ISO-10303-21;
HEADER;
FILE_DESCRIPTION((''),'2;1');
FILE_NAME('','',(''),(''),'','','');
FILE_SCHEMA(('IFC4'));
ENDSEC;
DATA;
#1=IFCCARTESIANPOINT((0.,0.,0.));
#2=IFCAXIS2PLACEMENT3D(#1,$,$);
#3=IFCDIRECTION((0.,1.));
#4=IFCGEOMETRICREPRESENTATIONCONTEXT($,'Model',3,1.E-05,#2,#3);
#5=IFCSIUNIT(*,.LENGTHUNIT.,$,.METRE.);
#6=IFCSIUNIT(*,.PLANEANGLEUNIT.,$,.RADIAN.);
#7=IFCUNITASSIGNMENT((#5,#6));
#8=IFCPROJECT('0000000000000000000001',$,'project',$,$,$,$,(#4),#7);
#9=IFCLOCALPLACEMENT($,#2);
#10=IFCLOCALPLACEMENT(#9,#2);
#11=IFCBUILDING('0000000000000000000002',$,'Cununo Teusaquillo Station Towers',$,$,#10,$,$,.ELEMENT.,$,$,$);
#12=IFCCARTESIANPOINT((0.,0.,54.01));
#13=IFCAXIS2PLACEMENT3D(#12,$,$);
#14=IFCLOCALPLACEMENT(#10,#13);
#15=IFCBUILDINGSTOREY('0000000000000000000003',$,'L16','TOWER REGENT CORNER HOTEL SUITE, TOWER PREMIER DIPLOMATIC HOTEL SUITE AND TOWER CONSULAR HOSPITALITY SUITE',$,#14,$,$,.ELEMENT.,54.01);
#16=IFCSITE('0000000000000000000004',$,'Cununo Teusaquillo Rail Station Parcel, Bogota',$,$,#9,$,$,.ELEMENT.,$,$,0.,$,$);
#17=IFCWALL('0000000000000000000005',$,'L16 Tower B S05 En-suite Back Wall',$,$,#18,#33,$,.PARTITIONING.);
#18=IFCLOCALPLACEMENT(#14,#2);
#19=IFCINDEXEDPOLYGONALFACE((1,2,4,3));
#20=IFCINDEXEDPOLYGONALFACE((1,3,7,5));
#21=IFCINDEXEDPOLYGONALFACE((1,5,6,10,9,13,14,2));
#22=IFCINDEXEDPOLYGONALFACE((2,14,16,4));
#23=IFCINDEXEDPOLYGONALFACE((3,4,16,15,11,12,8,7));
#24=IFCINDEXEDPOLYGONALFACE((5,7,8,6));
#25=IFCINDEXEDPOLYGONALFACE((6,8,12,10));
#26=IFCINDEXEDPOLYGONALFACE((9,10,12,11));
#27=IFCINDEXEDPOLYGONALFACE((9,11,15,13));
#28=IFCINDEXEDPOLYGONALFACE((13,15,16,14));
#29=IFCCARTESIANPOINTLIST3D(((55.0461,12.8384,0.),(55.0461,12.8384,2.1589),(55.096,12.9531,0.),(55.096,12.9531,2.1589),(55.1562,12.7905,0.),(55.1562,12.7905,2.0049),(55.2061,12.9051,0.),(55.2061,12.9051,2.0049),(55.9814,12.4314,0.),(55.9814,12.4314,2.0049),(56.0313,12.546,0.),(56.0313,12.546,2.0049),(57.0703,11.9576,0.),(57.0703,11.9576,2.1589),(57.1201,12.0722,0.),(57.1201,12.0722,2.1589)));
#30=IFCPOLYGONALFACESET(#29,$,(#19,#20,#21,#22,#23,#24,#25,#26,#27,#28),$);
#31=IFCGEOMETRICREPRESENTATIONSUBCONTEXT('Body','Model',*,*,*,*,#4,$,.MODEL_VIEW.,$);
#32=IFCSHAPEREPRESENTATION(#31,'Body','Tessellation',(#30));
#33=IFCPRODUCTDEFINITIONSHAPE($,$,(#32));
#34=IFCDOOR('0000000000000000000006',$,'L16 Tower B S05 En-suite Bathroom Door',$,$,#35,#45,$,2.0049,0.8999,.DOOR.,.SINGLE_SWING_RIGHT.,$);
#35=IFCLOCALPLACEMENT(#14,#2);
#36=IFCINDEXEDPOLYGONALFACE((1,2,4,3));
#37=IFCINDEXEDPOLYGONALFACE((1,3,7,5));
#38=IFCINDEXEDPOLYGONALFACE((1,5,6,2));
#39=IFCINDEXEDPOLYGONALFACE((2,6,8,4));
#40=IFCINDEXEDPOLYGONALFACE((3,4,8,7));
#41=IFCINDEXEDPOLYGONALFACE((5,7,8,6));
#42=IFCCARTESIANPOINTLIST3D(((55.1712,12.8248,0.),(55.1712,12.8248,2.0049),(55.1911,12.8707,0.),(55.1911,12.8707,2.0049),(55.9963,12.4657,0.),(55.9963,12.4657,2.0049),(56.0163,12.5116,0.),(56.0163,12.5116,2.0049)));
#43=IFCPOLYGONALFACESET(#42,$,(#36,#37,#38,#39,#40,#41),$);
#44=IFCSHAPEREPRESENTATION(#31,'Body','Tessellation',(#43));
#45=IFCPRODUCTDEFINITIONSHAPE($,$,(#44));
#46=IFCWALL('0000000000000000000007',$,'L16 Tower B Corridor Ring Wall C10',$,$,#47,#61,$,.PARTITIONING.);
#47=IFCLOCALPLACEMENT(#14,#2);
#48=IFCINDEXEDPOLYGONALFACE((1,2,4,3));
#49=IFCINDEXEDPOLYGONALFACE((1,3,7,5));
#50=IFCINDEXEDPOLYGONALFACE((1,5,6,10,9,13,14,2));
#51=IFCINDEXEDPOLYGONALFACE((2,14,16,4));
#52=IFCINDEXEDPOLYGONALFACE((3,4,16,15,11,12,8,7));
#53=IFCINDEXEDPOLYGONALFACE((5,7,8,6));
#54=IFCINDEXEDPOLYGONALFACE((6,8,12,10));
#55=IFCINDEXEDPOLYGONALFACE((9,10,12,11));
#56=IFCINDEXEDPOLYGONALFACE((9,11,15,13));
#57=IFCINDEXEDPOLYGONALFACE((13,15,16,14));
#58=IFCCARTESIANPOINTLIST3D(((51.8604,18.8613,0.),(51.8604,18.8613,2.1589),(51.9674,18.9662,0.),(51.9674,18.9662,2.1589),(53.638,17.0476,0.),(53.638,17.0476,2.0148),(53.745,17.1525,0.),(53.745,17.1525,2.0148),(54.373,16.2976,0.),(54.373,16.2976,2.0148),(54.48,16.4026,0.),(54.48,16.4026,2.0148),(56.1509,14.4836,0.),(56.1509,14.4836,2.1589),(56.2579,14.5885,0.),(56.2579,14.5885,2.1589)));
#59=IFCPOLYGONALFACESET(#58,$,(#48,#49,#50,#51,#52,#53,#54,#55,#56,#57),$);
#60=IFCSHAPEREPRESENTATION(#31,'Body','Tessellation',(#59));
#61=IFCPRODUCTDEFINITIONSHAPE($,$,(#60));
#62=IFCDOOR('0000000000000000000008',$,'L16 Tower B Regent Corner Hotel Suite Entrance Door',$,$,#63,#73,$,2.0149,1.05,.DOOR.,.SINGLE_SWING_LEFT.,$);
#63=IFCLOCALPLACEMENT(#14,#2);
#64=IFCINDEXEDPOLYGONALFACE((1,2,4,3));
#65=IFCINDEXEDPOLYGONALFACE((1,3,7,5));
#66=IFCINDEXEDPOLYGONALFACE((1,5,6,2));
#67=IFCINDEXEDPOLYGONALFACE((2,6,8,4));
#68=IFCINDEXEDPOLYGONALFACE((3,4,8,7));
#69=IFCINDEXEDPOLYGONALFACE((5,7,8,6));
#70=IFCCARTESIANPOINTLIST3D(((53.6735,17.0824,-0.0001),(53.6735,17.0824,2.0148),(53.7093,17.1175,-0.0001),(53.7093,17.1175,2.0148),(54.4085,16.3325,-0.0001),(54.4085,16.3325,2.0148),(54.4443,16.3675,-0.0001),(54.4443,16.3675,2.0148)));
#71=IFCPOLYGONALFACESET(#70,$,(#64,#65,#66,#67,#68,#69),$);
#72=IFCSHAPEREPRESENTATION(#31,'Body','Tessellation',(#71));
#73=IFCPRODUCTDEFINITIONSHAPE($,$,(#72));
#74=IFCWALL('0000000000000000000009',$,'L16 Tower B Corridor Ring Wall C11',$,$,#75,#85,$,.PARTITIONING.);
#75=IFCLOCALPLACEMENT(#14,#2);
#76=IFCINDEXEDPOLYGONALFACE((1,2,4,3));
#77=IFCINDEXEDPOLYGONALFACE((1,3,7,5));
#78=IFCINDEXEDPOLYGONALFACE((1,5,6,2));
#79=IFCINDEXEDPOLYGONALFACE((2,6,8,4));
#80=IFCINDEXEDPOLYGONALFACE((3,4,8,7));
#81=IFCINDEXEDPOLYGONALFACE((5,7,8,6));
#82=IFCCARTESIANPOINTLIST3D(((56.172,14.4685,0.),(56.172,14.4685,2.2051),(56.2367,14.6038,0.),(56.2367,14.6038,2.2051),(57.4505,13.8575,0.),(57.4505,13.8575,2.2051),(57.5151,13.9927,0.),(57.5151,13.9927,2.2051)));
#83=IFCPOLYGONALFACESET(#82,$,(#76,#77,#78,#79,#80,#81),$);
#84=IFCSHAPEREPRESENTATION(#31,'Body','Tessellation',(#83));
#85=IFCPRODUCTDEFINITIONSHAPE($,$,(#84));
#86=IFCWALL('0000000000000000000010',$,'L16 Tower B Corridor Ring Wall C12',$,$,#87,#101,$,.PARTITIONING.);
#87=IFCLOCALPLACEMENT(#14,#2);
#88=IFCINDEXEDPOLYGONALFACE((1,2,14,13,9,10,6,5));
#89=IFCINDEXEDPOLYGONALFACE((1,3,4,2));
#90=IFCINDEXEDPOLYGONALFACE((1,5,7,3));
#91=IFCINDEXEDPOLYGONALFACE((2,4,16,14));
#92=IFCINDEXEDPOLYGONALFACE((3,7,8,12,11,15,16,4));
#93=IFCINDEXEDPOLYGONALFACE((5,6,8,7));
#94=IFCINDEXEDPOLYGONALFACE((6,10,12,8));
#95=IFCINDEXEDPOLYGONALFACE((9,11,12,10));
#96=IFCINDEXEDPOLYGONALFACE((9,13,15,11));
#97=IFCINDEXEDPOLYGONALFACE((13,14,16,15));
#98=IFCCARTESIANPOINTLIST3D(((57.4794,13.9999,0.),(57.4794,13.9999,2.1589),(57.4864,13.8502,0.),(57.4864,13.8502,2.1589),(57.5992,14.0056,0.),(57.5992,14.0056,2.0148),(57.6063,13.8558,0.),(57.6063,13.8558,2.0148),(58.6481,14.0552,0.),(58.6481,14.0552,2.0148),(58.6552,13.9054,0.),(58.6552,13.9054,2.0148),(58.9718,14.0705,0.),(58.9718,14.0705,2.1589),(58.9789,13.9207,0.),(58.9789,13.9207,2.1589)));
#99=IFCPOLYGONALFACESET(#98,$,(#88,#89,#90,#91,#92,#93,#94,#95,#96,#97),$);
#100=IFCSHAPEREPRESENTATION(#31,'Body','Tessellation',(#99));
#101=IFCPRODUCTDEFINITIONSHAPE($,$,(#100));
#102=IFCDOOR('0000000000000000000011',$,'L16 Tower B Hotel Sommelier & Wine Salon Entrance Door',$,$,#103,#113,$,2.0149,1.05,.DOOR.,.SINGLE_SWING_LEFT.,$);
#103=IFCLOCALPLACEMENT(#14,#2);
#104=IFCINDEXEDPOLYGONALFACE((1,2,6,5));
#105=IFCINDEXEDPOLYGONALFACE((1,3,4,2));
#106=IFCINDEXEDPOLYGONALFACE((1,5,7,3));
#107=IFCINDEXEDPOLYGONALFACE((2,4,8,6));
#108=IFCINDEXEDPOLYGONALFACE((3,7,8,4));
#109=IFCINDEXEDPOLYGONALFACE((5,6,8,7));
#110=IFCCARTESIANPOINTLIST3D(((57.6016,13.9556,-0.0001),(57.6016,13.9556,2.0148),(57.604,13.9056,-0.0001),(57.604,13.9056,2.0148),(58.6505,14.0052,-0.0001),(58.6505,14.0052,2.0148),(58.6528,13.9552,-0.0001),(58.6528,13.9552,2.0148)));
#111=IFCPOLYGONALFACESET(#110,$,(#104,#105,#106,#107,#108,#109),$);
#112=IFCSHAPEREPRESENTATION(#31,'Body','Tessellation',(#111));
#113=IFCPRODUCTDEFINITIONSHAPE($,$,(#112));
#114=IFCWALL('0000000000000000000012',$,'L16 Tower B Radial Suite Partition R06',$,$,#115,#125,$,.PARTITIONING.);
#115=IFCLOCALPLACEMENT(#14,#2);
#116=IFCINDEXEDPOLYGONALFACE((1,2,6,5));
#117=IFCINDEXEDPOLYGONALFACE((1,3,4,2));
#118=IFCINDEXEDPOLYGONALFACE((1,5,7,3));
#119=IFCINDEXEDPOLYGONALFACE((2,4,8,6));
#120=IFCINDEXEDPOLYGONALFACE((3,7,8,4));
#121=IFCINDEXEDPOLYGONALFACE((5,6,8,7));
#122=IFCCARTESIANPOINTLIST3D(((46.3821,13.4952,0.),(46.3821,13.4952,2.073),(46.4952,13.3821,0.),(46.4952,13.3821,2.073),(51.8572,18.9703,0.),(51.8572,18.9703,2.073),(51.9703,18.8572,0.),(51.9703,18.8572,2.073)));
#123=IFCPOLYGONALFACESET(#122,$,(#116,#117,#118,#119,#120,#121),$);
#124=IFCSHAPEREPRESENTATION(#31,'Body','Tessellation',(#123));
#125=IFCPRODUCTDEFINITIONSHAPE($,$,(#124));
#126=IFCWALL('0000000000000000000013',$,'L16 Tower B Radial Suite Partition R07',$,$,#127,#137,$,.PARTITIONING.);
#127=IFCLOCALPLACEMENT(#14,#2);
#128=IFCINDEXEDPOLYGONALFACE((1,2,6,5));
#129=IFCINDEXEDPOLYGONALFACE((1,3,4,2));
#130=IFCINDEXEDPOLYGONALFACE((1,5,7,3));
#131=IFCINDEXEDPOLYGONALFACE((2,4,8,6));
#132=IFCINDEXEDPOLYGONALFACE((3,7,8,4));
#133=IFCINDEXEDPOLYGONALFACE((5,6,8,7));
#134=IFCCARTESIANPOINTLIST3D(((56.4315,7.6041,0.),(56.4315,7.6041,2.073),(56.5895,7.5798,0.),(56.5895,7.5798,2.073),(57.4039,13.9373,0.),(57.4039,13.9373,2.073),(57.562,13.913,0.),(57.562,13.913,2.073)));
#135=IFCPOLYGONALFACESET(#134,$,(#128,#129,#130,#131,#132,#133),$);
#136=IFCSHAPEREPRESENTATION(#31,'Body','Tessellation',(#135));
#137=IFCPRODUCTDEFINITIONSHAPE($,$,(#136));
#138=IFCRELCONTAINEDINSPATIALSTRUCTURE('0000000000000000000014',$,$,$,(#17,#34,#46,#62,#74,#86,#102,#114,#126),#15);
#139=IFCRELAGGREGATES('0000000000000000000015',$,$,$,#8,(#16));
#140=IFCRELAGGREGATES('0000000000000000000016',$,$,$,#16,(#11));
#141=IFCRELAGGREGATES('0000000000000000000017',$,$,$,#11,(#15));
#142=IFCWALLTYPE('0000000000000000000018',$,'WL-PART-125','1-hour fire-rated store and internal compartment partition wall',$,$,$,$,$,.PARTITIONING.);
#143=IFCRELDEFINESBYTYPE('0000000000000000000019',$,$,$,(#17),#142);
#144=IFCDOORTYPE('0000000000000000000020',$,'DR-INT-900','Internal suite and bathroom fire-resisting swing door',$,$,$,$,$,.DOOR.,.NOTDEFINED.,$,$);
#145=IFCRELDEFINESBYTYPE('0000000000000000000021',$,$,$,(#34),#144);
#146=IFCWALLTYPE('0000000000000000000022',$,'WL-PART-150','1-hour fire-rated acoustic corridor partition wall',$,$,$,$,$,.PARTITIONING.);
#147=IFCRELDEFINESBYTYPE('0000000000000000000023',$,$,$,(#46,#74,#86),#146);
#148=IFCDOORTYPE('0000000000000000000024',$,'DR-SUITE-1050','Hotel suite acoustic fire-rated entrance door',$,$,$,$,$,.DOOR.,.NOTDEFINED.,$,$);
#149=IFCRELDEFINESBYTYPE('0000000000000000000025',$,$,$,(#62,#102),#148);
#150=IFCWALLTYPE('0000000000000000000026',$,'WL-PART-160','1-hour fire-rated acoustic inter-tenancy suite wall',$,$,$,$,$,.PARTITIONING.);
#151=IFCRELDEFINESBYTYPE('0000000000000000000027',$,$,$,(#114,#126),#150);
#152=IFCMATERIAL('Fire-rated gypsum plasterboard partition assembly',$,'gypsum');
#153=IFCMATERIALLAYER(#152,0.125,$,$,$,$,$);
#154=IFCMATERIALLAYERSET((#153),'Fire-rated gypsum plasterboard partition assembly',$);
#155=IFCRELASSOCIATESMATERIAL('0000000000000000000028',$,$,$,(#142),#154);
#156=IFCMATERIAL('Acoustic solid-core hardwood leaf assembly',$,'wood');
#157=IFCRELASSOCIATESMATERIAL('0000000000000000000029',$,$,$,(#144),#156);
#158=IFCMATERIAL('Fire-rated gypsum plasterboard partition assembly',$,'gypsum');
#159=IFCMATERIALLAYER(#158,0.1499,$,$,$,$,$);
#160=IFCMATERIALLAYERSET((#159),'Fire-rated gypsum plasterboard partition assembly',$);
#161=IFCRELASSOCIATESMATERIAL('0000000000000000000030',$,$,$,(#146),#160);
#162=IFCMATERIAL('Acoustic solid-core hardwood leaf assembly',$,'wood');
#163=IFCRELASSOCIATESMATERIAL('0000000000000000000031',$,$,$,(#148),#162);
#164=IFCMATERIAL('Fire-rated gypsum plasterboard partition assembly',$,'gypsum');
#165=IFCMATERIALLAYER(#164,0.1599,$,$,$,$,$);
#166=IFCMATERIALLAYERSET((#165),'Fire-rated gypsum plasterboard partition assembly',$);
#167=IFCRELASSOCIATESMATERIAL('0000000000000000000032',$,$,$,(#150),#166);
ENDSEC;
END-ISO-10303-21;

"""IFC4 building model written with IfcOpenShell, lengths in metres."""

from ifc_helpers import new_model, si_unit, direction, frame, frame_2d, origin, place, context, subcontext, project, spatial, rectangle, extrude, source, transform, mapped, material, layer, layer_set, type_object, element, fill, save


model = new_model("IFC4")

# Units and contexts
model_context = context("Model", 3, precision=1e-05, world=origin(), true_north=direction((0.0, 1.0)))
body_context = subcontext(model_context, "Body", "Model", "MODEL_VIEW")
ifc_project = project(units=[si_unit("LENGTHUNIT", "METRE"), si_unit("PLANEANGLEUNIT", "RADIAN")], contexts=[model_context])

# Site, building, storey
site_placement = place(None, origin())
site = spatial("IfcSite", under=ifc_project, at=site_placement, Name="Cununo Teusaquillo Rail Station Parcel, Bogota", CompositionType="ELEMENT", RefElevation=0.0)
building_placement = place(site_placement, origin())
building = spatial("IfcBuilding", under=site, at=building_placement, Name="Cununo Teusaquillo Station Towers", CompositionType="ELEMENT")
storey_placement = place(building_placement, frame((0.0, 0.0, 54.01)))
storey = spatial("IfcBuildingStorey", under=building, at=storey_placement, Name="L16", Description="TOWER REGENT CORNER HOTEL SUITE, TOWER PREMIER DIPLOMATIC HOTEL SUITE AND TOWER CONSULAR HOSPITALITY SUITE", CompositionType="ELEMENT", Elevation=54.01)

# Shared definitions
ifc_material_1 = material(Name="Fire-rated gypsum plasterboard partition assembly", Category="gypsum")
ifc_layer_1 = layer(ifc_material_1, 0.125)
ifc_layer_set_1 = layer_set([ifc_layer_1], Name="Fire-rated gypsum plasterboard partition assembly")
wall_type_1 = type_object("IfcWallType", Name="WL-PART-125", Description="1-hour fire-rated store and internal compartment partition wall", PredefinedType="PARTITIONING", material=ifc_layer_set_1)

# Walls, openings, doors
wall_1_placement = place(storey_placement, frame((55.071, 12.8958, 0.0), z_axis=(0.0, 0.0, 1.0), x_axis=(0.91694, -0.399025, 0.0)))
wall_1 = element("IfcWall", 1, at=wall_1_placement, inside=storey, type_object=wall_type_1, Name="L16 Tower B S05 En-suite Back Wall", PredefinedType="PARTITIONING", context=body_context, shape_type="SweptSolid", body=[
    extrude(rectangle(XDim=2.2075, YDim=0.125, at=frame_2d((1.1038, 0.0))), origin(), (0.0, 0.0, 1.0), 2.1589),
])
shared_shape_1 = source(origin(), body_context, "Body", "SweptSolid", [
    extrude(rectangle(XDim=0.8999, YDim=2.0049, at=frame_2d((0.45, 1.0024))), frame((0.0, 0.0725, 0.0), z_axis=(0.0, -1.0, 0.0), x_axis=(1.0, 0.0, 0.0)), (0.0, 0.0, 1.0), 0.145),
])
opening_1_placement = place(wall_1_placement, frame((0.1201, 0.0, 0.0)))
opening_1 = element("IfcOpeningElement", 2, at=opening_1_placement, cuts=wall_1, PredefinedType="OPENING", context=body_context, shape_type="MappedRepresentation", body=[
    mapped(shared_shape_1, transform((0.0, 0.0, 0.0), x_axis=(1.0, 0.0, 0.0), y_axis=(0.0, 1.0, 0.0), z_axis=(0.0, 0.0, 1.0), scale=1.0)),
])
ifc_material_2 = material(Name="Acoustic solid-core hardwood leaf assembly", Category="wood")
door_type_1 = type_object("IfcDoorType", Name="DR-INT-900", Description="Internal suite and bathroom fire-resisting swing door", OperationType="NOTDEFINED", PredefinedType="DOOR", material=ifc_material_2)
shared_shape_2 = source(origin(), body_context, "Body", "SweptSolid", [
    extrude(rectangle(XDim=0.8999, YDim=2.0049, at=frame_2d((0.45, 1.0024))), frame((0.0, 0.0249, 0.0), z_axis=(0.0, -1.0, 0.0), x_axis=(1.0, 0.0, 0.0)), (0.0, 0.0, 1.0), 0.05),
])
door_1_placement = place(opening_1_placement, origin())
door_1 = element("IfcDoor", 3, at=door_1_placement, inside=storey, type_object=door_type_1, Name="L16 Tower B S05 En-suite Bathroom Door", OperationType="SINGLE_SWING_RIGHT", OverallHeight=2.0049, OverallWidth=0.8999, PredefinedType="DOOR", context=body_context, shape_type="MappedRepresentation", body=[
    mapped(shared_shape_2, transform((0.0, 0.0, 0.0), x_axis=(1.0, 0.0, 0.0), y_axis=(0.0, 1.0, 0.0), z_axis=(0.0, 0.0, 1.0), scale=1.0)),
])
fill(opening_1, door_1)
ifc_material_3 = material(Name="Fire-rated gypsum plasterboard partition assembly", Category="gypsum")
ifc_layer_2 = layer(ifc_material_3, 0.1499)
ifc_layer_set_2 = layer_set([ifc_layer_2], Name="Fire-rated gypsum plasterboard partition assembly")
wall_type_2 = type_object("IfcWallType", Name="WL-PART-150", Description="1-hour fire-rated acoustic corridor partition wall", PredefinedType="PARTITIONING", material=ifc_layer_set_2)
wall_2_placement = place(storey_placement, frame((51.9138, 18.9138, 0.0), z_axis=(0.0, 0.0, 1.0), x_axis=(0.699961, -0.714181, 0.0)))
wall_2 = element("IfcWall", 4, at=wall_2_placement, inside=storey, type_object=wall_type_2, Name="L16 Tower B Corridor Ring Wall C10", PredefinedType="PARTITIONING", context=body_context, shape_type="SweptSolid", body=[
    extrude(rectangle(XDim=6.1296, YDim=0.1499, at=frame_2d((3.0649, 0.0))), origin(), (0.0, 0.0, 1.0), 2.1589),
])
shared_shape_3 = source(origin(), body_context, "Body", "SweptSolid", [
    extrude(rectangle(XDim=1.05, YDim=2.0149, at=frame_2d((0.5249, 1.0073))), frame((0.0, 0.085, 0.0), z_axis=(0.0, -1.0, 0.0), x_axis=(1.0, 0.0, 0.0)), (0.0, 0.0, 1.0), 0.1699),
])
opening_2_placement = place(wall_2_placement, frame((2.5398, 0.0, 0.0)))
opening_2 = element("IfcOpeningElement", 5, at=opening_2_placement, cuts=wall_2, PredefinedType="OPENING", context=body_context, shape_type="MappedRepresentation", body=[
    mapped(shared_shape_3, transform((0.0, 0.0, 0.0), x_axis=(1.0, 0.0, 0.0), y_axis=(0.0, 1.0, 0.0), z_axis=(0.0, 0.0, 1.0), scale=1.0)),
])
ifc_material_4 = material(Name="Acoustic solid-core hardwood leaf assembly", Category="wood")
door_type_2 = type_object("IfcDoorType", Name="DR-SUITE-1050", Description="Hotel suite acoustic fire-rated entrance door", OperationType="NOTDEFINED", PredefinedType="DOOR", material=ifc_material_4)
shared_shape_4 = source(origin(), body_context, "Body", "SweptSolid", [
    extrude(rectangle(XDim=1.05, YDim=2.0149, at=frame_2d((0.5249, 1.0073))), frame((0.0, 0.0249, 0.0), z_axis=(0.0, -1.0, 0.0), x_axis=(1.0, 0.0, 0.0)), (0.0, 0.0, 1.0), 0.05),
])
door_2_placement = place(opening_2_placement, origin())
door_2 = element("IfcDoor", 6, at=door_2_placement, inside=storey, type_object=door_type_2, Name="L16 Tower B Regent Corner Hotel Suite Entrance Door", OperationType="SINGLE_SWING_LEFT", OverallHeight=2.0149, OverallWidth=1.05, PredefinedType="DOOR", context=body_context, shape_type="MappedRepresentation", body=[
    mapped(shared_shape_4, transform((0.0, 0.0, 0.0), x_axis=(1.0, 0.0, 0.0), y_axis=(0.0, 1.0, 0.0), z_axis=(0.0, 0.0, 1.0), scale=1.0)),
])
fill(opening_2, door_2)

# Wall
wall_3_placement = place(storey_placement, frame((56.2043, 14.5361, 0.0), z_axis=(0.0, 0.0, 1.0), x_axis=(0.902245, -0.431224, 0.0)))
element("IfcWall", 7, at=wall_3_placement, inside=storey, type_object=wall_type_2, Name="L16 Tower B Corridor Ring Wall C11", PredefinedType="PARTITIONING", context=body_context, shape_type="SweptSolid", body=[
    extrude(rectangle(XDim=1.417, YDim=0.1499, at=frame_2d((0.7085, 0.0))), origin(), (0.0, 0.0, 1.0), 2.2051),
])

# Wall, opening, door
wall_4_placement = place(storey_placement, frame((57.4829, 13.925, 0.0), z_axis=(0.0, 0.0, 1.0), x_axis=(0.998884, 0.047224, 0.0)))
wall_4 = element("IfcWall", 8, at=wall_4_placement, inside=storey, type_object=wall_type_2, Name="L16 Tower B Corridor Ring Wall C12", PredefinedType="PARTITIONING", context=body_context, shape_type="SweptSolid", body=[
    extrude(rectangle(XDim=1.4941, YDim=0.1499, at=frame_2d((0.7471, 0.0))), origin(), (0.0, 0.0, 1.0), 2.1589),
])
opening_3_placement = place(wall_4_placement, frame((0.1201, 0.0, 0.0)))
opening_3 = element("IfcOpeningElement", 9, at=opening_3_placement, cuts=wall_4, PredefinedType="OPENING", context=body_context, shape_type="MappedRepresentation", body=[
    mapped(shared_shape_3, transform((0.0, 0.0, 0.0), x_axis=(1.0, 0.0, 0.0), y_axis=(0.0, 1.0, 0.0), z_axis=(0.0, 0.0, 1.0), scale=1.0)),
])
door_3_placement = place(opening_3_placement, origin())
door_3 = element("IfcDoor", 10, at=door_3_placement, inside=storey, type_object=door_type_2, Name="L16 Tower B Hotel Sommelier & Wine Salon Entrance Door", OperationType="SINGLE_SWING_LEFT", OverallHeight=2.0149, OverallWidth=1.05, PredefinedType="DOOR", context=body_context, shape_type="MappedRepresentation", body=[
    mapped(shared_shape_4, transform((0.0, 0.0, 0.0), x_axis=(1.0, 0.0, 0.0), y_axis=(0.0, 1.0, 0.0), z_axis=(0.0, 0.0, 1.0), scale=1.0)),
])
fill(opening_3, door_3)

# Walls
ifc_material_5 = material(Name="Fire-rated gypsum plasterboard partition assembly", Category="gypsum")
ifc_layer_3 = layer(ifc_material_5, 0.1599)
ifc_layer_set_3 = layer_set([ifc_layer_3], Name="Fire-rated gypsum plasterboard partition assembly")
wall_type_3 = type_object("IfcWallType", Name="WL-PART-160", Description="1-hour fire-rated acoustic inter-tenancy suite wall", PredefinedType="PARTITIONING", material=ifc_layer_set_3)
wall_5_placement = place(storey_placement, frame((51.9138, 18.9138, 0.0), z_axis=(0.0, 0.0, 1.0), x_axis=(-0.707107, -0.707107, 0.0)))
element("IfcWall", 11, at=wall_5_placement, inside=storey, type_object=wall_type_3, Name="L16 Tower B Radial Suite Partition R06", PredefinedType="PARTITIONING", context=body_context, shape_type="SweptSolid", body=[
    extrude(rectangle(XDim=7.7429, YDim=0.1599, at=frame_2d((3.8716, 0.0))), origin(), (0.0, 0.0, 1.0), 2.073),
])
wall_6_placement = place(storey_placement, frame((57.4829, 13.925, 0.0), z_axis=(0.0, 0.0, 1.0), x_axis=(-0.151762, -0.988417, 0.0)))
element("IfcWall", 12, at=wall_6_placement, inside=storey, type_object=wall_type_3, Name="L16 Tower B Radial Suite Partition R07", PredefinedType="PARTITIONING", context=body_context, shape_type="SweptSolid", body=[
    extrude(rectangle(XDim=6.4075, YDim=0.1599, at=frame_2d((3.2036, 0.0))), origin(), (0.0, 0.0, 1.0), 2.073),
])

save(model, "model.ifc")
